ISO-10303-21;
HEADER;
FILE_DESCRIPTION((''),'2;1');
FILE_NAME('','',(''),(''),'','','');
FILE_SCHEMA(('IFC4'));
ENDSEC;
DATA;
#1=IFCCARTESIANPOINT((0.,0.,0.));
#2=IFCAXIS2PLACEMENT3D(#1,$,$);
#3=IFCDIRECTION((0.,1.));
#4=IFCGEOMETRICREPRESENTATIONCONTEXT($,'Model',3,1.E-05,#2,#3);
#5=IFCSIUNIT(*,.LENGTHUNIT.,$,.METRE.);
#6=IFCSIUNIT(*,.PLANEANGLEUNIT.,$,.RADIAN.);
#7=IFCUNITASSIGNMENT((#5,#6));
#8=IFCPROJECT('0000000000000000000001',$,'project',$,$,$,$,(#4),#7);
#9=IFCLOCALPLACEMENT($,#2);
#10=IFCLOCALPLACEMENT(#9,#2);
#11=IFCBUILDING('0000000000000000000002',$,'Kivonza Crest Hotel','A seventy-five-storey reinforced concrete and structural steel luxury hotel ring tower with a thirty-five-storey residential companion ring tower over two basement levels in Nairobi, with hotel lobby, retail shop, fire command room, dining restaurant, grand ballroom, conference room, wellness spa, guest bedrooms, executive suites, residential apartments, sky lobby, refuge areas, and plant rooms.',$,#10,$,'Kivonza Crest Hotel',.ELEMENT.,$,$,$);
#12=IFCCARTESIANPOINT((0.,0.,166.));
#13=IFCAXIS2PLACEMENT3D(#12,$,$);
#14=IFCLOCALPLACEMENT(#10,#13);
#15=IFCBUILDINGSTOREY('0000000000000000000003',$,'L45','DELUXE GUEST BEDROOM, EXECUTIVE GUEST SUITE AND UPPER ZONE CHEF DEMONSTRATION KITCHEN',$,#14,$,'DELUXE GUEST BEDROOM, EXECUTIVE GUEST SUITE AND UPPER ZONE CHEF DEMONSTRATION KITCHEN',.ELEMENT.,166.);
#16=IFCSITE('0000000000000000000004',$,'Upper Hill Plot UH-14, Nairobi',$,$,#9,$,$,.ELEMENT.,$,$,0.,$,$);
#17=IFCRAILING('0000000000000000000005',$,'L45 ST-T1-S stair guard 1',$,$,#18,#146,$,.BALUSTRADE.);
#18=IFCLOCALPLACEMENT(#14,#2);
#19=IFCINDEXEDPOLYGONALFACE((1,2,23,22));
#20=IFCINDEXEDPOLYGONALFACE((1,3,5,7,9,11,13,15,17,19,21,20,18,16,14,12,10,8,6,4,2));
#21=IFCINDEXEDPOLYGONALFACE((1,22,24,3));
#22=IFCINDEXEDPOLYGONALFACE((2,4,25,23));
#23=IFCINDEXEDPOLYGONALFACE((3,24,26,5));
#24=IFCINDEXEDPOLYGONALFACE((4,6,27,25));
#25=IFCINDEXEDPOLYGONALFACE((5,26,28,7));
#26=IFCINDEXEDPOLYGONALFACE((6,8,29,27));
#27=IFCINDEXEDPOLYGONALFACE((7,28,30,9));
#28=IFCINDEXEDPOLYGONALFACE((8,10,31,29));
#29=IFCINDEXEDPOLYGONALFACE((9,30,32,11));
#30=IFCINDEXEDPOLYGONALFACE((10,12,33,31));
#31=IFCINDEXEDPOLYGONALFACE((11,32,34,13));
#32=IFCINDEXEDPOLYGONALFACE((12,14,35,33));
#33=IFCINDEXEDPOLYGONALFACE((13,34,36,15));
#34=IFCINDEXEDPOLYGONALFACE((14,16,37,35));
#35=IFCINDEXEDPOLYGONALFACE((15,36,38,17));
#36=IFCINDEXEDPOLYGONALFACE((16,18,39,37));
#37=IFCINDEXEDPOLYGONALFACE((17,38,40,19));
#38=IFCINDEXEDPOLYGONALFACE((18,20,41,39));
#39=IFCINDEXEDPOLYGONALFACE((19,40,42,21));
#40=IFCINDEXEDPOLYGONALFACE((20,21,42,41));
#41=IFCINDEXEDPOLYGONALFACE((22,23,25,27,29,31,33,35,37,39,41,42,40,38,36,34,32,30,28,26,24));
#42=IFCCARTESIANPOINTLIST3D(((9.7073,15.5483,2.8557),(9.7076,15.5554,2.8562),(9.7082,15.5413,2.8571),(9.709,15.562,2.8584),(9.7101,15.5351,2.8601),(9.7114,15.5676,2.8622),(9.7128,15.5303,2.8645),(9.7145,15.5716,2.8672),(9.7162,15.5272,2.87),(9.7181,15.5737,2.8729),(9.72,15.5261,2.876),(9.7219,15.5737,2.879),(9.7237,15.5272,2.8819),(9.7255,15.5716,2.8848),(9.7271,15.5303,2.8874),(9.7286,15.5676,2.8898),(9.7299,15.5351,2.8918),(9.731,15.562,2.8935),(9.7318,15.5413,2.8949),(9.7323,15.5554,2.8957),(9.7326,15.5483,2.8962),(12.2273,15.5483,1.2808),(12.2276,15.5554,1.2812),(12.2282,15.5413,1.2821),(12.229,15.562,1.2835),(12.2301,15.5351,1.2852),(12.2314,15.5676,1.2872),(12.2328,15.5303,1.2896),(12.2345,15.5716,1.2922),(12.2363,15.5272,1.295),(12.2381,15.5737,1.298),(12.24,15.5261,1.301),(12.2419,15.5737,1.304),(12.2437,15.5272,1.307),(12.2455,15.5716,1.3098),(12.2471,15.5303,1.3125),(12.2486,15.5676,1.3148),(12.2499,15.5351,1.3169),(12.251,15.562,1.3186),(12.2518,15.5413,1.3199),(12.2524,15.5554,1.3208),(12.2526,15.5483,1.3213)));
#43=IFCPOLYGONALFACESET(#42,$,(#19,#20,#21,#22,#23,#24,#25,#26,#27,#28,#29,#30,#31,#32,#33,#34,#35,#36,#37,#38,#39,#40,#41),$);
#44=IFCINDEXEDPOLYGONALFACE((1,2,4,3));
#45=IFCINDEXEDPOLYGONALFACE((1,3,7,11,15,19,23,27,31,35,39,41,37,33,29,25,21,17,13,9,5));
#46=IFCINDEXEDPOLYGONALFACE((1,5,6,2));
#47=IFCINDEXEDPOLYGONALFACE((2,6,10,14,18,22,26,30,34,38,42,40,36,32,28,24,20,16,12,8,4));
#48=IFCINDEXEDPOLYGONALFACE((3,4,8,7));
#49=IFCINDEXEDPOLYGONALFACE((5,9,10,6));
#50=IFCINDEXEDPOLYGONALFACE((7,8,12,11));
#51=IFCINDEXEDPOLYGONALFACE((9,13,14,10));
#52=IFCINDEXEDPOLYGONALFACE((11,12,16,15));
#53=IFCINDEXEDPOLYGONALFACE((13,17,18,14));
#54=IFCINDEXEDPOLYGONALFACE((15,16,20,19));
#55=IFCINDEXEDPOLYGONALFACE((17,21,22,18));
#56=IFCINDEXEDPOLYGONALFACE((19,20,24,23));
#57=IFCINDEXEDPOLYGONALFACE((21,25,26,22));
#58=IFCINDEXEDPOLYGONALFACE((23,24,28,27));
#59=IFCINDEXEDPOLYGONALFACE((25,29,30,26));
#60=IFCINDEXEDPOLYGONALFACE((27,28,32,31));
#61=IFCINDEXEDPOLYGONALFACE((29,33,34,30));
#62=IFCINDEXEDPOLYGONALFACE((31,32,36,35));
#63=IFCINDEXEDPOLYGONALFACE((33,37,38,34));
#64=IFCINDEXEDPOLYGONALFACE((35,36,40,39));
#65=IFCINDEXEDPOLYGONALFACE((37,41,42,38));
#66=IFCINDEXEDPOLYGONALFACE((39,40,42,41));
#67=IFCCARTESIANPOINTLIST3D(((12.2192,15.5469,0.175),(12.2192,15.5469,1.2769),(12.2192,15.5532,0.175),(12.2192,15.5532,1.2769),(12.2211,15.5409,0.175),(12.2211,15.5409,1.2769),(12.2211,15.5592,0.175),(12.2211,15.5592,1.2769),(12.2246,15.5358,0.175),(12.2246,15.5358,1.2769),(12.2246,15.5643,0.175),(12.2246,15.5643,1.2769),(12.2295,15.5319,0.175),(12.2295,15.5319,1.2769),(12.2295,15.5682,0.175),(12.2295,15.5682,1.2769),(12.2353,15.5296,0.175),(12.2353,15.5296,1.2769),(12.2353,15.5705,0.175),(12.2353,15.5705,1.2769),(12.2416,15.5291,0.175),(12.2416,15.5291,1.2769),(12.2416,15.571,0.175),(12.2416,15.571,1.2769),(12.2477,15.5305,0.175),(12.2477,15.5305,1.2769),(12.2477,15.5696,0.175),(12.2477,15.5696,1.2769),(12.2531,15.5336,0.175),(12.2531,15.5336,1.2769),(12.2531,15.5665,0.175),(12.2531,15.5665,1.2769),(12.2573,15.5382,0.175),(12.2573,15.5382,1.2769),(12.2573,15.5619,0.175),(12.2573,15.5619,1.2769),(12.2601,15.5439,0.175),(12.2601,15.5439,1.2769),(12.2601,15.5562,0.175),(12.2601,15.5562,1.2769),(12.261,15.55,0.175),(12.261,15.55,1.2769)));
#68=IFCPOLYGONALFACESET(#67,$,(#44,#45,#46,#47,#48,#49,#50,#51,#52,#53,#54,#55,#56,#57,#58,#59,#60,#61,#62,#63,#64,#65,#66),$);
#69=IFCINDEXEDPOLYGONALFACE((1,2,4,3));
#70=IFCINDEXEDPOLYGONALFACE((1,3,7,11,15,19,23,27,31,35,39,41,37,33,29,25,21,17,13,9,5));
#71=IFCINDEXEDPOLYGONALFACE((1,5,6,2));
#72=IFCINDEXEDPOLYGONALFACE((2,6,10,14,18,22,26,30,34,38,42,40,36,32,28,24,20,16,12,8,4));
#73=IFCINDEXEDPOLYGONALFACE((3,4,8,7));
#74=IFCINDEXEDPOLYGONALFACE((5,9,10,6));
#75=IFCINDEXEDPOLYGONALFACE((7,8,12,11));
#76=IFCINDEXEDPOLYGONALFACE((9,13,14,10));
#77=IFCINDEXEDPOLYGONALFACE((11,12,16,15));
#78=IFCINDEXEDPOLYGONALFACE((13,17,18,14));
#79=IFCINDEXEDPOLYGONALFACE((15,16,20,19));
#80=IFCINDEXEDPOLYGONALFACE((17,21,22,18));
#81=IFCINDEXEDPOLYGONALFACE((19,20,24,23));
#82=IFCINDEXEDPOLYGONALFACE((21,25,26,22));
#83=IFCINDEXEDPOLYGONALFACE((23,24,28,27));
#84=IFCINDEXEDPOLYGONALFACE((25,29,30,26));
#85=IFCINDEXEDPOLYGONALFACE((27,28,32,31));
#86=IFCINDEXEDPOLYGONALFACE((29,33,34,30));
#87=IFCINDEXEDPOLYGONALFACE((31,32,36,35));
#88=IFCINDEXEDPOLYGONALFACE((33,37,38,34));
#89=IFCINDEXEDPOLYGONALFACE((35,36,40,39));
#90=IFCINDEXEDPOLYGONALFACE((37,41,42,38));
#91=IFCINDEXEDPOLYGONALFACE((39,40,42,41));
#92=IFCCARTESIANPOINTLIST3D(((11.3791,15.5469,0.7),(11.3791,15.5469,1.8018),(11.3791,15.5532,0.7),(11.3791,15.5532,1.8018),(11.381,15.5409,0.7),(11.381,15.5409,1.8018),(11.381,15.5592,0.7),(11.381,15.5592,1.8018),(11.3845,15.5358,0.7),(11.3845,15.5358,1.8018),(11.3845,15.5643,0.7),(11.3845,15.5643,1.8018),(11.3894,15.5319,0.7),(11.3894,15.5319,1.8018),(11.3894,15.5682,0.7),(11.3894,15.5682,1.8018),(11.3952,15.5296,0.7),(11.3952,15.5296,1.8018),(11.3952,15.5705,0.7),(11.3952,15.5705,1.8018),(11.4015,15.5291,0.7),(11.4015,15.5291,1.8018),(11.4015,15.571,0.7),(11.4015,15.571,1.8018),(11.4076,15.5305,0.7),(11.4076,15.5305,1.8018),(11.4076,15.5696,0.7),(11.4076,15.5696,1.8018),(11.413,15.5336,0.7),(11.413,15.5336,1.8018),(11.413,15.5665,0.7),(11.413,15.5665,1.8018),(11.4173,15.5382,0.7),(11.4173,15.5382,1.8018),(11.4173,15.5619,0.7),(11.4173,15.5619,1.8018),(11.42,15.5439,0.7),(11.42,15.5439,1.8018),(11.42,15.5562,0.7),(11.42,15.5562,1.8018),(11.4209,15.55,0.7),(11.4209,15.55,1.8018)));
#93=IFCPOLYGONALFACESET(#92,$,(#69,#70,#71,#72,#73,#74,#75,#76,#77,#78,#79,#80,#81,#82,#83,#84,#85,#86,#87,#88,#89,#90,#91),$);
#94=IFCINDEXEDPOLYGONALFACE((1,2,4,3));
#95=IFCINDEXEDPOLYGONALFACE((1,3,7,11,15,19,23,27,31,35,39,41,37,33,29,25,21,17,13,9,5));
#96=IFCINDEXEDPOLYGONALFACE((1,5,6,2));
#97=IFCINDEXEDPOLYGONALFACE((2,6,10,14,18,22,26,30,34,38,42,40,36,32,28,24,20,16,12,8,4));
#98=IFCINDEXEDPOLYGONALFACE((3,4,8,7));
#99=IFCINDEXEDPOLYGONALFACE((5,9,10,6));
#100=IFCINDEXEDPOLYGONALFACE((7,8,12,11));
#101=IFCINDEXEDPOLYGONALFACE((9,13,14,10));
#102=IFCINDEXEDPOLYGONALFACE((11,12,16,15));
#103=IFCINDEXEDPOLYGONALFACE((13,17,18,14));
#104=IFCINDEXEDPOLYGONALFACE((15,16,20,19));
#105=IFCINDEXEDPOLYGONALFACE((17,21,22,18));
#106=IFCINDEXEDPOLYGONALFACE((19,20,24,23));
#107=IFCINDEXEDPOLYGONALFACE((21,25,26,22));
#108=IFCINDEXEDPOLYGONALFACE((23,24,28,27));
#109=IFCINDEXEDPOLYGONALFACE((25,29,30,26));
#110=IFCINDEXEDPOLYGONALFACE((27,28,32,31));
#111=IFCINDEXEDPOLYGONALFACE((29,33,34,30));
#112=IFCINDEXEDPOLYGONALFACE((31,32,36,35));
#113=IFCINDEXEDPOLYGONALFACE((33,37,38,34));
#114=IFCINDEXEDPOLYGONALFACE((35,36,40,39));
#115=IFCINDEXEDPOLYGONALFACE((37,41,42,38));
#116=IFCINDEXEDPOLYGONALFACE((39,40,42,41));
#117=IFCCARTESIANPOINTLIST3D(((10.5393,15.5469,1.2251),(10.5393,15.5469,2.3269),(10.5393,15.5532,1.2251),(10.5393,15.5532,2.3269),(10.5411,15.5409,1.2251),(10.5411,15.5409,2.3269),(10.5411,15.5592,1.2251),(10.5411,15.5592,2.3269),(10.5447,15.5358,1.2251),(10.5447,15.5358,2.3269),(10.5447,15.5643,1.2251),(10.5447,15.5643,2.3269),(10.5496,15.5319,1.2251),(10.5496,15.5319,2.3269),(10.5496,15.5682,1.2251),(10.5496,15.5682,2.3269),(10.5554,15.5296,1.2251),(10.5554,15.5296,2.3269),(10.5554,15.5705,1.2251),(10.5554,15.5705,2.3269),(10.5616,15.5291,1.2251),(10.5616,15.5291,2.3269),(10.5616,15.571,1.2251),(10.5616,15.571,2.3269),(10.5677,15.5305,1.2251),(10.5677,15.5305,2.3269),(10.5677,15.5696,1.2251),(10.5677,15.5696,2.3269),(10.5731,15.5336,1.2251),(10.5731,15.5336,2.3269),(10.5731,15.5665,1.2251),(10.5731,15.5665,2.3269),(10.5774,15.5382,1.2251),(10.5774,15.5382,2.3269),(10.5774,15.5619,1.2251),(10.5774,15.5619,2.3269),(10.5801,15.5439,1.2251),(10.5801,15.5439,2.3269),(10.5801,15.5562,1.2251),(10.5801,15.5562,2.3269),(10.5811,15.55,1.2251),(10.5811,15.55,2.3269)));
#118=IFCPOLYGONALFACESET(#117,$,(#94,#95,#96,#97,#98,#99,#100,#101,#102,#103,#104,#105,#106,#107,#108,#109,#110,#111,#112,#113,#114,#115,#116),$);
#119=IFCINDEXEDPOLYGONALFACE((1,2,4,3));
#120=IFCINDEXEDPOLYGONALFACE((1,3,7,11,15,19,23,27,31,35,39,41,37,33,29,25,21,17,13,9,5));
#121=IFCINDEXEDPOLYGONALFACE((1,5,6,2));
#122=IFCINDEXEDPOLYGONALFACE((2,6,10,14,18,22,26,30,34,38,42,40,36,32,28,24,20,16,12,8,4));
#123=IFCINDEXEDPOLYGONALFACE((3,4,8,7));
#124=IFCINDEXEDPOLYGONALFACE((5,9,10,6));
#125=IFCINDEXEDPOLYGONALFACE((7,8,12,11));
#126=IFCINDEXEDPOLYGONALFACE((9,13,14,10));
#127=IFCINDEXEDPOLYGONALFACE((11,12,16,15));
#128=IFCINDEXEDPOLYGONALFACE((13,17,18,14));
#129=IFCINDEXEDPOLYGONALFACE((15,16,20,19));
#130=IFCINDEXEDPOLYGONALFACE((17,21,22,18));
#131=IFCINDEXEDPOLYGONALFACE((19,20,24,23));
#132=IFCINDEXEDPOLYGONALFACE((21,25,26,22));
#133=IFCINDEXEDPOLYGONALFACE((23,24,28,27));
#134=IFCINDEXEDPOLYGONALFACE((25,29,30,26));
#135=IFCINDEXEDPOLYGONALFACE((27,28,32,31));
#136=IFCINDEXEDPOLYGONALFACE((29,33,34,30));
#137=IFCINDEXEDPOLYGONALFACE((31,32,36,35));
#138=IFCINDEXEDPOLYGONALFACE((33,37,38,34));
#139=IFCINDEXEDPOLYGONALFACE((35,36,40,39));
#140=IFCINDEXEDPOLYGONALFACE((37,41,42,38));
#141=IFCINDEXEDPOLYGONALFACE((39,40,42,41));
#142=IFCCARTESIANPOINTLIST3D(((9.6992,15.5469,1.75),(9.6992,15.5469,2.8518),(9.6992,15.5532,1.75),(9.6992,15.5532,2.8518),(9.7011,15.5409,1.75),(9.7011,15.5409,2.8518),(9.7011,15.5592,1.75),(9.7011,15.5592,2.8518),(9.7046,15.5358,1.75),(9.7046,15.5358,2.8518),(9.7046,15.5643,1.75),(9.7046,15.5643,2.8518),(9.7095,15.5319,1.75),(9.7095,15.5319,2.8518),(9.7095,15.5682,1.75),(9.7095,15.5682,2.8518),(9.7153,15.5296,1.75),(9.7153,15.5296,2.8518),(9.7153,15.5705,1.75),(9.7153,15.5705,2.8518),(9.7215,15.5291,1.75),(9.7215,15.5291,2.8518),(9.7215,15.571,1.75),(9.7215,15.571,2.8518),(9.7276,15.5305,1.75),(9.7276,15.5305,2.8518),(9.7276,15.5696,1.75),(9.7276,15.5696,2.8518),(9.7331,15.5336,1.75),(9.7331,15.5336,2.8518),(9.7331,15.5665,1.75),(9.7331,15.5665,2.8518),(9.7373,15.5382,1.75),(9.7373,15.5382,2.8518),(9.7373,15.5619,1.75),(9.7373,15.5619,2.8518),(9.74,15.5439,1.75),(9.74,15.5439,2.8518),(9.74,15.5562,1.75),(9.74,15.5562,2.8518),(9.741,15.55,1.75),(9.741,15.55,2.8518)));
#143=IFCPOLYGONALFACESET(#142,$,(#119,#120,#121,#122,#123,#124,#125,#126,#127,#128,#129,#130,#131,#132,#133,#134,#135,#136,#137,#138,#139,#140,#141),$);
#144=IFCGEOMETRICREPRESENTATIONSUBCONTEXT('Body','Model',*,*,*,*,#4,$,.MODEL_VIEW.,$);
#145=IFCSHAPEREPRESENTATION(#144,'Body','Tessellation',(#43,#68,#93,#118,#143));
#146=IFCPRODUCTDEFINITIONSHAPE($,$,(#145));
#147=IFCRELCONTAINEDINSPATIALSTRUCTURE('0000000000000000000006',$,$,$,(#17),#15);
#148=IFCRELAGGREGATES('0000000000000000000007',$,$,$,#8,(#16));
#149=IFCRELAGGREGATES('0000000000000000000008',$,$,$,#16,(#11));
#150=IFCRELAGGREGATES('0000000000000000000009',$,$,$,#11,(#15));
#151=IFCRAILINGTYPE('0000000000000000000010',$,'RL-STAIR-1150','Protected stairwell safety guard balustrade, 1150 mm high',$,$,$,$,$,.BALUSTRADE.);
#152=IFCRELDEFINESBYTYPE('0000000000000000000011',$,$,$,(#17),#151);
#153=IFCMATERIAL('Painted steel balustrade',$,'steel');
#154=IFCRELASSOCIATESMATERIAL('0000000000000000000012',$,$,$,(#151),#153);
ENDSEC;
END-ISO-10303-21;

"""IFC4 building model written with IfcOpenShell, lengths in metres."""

from ifc_helpers import new_model, si_unit, direction, frame, origin, origin_2d, place, context, subcontext, project, spatial, circle, extrude, material, type_object, element, save


model = new_model("IFC4")

# Units and contexts
model_context = context("Model", 3, precision=1e-05, world=origin(), true_north=direction((0.0, 1.0)))
body_context = subcontext(model_context, "Body", "Model", "MODEL_VIEW")
ifc_project = project(units=[si_unit("LENGTHUNIT", "METRE"), si_unit("PLANEANGLEUNIT", "RADIAN")], contexts=[model_context])

# Site, building, storey
site_placement = place(None, origin())
site = spatial("IfcSite", under=ifc_project, at=site_placement, Name="Upper Hill Plot UH-14, Nairobi", CompositionType="ELEMENT", RefElevation=0.0)
building_placement = place(site_placement, origin())
building = spatial("IfcBuilding", under=site, at=building_placement, Name="Kivonza Crest Hotel", Description="A seventy-five-storey reinforced concrete and structural steel luxury hotel ring tower with a thirty-five-storey residential companion ring tower over two basement levels in Nairobi, with hotel lobby, retail shop, fire command room, dining restaurant, grand ballroom, conference room, wellness spa, guest bedrooms, executive suites, residential apartments, sky lobby, refuge areas, and plant rooms.", LongName="Kivonza Crest Hotel", CompositionType="ELEMENT")
storey_placement = place(building_placement, frame((0.0, 0.0, 166.0)))
storey = spatial("IfcBuildingStorey", under=building, at=storey_placement, Name="L45", Description="DELUXE GUEST BEDROOM, EXECUTIVE GUEST SUITE AND UPPER ZONE CHEF DEMONSTRATION KITCHEN", LongName="DELUXE GUEST BEDROOM, EXECUTIVE GUEST SUITE AND UPPER ZONE CHEF DEMONSTRATION KITCHEN", CompositionType="ELEMENT", Elevation=166.0)

# Railing
ifc_material_1 = material(Name="Painted steel balustrade", Category="steel")
railing_type_1 = type_object("IfcRailingType", Name="RL-STAIR-1150", Description="Protected stairwell safety guard balustrade, 1150 mm high", PredefinedType="BALUSTRADE", material=ifc_material_1)
railing_1_placement = place(storey_placement, frame((12.24, 15.55, 0.175)))
element("IfcRailing", 1, at=railing_1_placement, inside=storey, type_object=railing_type_1, Name="L45 ST-T1-S stair guard 1", PredefinedType="BALUSTRADE", context=body_context, shape_type="SweptSolid", body=[
    extrude(circle(Radius=0.0239, at=origin_2d()), frame((0.0, 0.0, 1.126), z_axis=(-0.848008, 0.0, 0.529984), x_axis=(0.0, -1.0, 0.0)), (0.0, 0.0, 1.0), 2.9717),
    extrude(circle(Radius=0.021, at=origin_2d()), origin(), (0.0, 0.0, 1.0), 1.1018),
    extrude(circle(Radius=0.021, at=origin_2d()), frame((-0.8401, 0.0, 0.5249)), (0.0, 0.0, 1.0), 1.1018),
    extrude(circle(Radius=0.021, at=origin_2d()), frame((-1.6799, 0.0, 1.05)), (0.0, 0.0, 1.0), 1.1018),
    extrude(circle(Radius=0.021, at=origin_2d()), frame((-2.52, 0.0, 1.575)), (0.0, 0.0, 1.0), 1.1018),
])

save(model, "model.ifc")
